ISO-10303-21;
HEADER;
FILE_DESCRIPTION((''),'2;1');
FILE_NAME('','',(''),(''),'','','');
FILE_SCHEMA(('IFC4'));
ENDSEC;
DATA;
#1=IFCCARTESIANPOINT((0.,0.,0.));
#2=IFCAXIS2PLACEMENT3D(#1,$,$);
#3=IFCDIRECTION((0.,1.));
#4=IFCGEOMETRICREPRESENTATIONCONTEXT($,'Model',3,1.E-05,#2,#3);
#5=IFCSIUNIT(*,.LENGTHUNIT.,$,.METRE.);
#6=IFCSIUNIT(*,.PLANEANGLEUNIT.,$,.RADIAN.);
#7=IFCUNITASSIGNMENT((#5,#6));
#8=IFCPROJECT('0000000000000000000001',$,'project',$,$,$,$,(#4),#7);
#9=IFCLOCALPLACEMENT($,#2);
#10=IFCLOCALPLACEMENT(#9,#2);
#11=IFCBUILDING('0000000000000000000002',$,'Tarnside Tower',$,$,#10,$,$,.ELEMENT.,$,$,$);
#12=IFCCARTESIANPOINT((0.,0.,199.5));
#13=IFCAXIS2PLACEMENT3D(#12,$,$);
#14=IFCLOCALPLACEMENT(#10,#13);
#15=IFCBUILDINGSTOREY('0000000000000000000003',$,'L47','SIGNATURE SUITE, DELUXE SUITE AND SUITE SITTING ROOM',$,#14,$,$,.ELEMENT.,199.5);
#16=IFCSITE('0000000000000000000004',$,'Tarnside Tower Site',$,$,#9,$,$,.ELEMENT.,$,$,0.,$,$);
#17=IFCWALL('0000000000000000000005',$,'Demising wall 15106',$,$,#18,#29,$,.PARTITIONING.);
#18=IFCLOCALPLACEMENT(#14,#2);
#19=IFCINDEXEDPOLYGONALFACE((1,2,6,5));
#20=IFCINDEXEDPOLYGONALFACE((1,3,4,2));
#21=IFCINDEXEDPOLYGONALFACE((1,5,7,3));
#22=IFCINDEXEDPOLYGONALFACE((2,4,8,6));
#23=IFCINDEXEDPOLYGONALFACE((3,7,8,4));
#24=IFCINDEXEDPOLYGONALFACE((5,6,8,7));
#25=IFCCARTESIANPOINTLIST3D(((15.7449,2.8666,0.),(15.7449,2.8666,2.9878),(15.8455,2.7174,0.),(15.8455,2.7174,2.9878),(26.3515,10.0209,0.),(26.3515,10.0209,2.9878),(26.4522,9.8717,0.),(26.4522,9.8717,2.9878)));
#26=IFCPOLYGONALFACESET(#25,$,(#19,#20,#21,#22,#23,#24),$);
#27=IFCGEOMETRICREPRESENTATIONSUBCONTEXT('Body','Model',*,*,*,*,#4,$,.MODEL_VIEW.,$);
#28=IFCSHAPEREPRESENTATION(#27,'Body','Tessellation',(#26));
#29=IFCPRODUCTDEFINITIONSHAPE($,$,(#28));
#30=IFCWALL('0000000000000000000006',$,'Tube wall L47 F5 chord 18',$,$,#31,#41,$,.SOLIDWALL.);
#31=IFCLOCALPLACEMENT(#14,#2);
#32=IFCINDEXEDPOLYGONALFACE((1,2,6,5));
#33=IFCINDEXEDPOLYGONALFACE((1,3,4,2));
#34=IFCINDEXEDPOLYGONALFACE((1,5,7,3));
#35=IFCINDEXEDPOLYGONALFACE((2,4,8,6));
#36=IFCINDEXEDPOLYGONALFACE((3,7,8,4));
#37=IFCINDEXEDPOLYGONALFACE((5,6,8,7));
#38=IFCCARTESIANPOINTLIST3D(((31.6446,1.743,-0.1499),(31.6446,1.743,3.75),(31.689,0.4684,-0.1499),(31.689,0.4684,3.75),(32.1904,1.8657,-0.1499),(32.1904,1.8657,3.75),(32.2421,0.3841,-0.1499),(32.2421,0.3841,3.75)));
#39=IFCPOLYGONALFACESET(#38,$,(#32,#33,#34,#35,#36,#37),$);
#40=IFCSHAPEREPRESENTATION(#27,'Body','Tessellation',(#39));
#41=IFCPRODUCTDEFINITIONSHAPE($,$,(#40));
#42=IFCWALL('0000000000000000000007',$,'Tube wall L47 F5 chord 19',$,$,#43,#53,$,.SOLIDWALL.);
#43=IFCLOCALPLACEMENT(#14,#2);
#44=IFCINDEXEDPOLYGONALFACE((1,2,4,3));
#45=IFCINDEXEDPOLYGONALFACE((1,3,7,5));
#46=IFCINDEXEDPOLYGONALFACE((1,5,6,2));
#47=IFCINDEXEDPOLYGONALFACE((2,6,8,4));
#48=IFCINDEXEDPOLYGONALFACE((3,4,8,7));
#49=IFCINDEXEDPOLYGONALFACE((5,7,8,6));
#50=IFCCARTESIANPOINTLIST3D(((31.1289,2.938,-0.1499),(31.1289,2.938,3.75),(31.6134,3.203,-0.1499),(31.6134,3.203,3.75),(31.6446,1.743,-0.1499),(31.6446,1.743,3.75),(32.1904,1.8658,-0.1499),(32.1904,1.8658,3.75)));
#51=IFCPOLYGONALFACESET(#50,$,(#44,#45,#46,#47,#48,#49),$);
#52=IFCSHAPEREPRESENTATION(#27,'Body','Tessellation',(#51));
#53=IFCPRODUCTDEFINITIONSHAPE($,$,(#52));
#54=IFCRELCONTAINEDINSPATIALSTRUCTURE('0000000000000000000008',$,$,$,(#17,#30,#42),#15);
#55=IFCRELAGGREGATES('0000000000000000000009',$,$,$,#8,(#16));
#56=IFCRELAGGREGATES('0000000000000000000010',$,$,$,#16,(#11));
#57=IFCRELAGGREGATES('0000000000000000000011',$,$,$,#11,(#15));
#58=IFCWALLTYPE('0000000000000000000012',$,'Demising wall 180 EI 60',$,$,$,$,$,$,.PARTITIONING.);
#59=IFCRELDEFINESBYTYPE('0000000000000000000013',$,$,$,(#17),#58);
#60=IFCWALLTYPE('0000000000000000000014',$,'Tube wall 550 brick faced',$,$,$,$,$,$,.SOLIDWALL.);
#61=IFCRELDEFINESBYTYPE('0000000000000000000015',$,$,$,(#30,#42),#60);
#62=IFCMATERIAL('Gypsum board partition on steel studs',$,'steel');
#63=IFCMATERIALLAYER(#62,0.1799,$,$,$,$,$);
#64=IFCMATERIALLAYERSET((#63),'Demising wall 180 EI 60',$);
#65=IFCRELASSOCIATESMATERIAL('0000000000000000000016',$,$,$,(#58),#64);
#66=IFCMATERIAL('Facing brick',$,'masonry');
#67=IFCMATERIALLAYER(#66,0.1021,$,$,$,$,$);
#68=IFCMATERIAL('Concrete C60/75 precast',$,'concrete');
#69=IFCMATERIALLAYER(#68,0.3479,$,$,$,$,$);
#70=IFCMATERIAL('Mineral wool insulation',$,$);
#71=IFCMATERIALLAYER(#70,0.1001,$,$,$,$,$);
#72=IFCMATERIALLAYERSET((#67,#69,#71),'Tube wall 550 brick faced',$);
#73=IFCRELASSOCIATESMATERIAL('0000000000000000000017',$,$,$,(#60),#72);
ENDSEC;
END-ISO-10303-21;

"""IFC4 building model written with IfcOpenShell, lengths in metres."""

from ifc_helpers import new_model, si_unit, direction, frame, frame_2d, origin, place, context, subcontext, project, spatial, polyline, rectangle, outline, extrude, material, layer, layer_set, type_object, element, save


model = new_model("IFC4")

# Units and contexts
model_context = context("Model", 3, precision=1e-05, world=origin(), true_north=direction((0.0, 1.0)))
body_context = subcontext(model_context, "Body", "Model", "MODEL_VIEW")
ifc_project = project(units=[si_unit("LENGTHUNIT", "METRE"), si_unit("PLANEANGLEUNIT", "RADIAN")], contexts=[model_context])

# Site, building, storey
site_placement = place(None, origin())
site = spatial("IfcSite", under=ifc_project, at=site_placement, Name="Tarnside Tower Site", CompositionType="ELEMENT", RefElevation=0.0)
building_placement = place(site_placement, origin())
building = spatial("IfcBuilding", under=site, at=building_placement, Name="Tarnside Tower", CompositionType="ELEMENT")
storey_placement = place(building_placement, frame((0.0, 0.0, 199.5)))
storey = spatial("IfcBuildingStorey", under=building, at=storey_placement, Name="L47", Description="SIGNATURE SUITE, DELUXE SUITE AND SUITE SITTING ROOM", CompositionType="ELEMENT", Elevation=199.5)

# Shared definitions
ifc_material_1 = material(Name="Gypsum board partition on steel studs", Category="steel")

# Walls
ifc_layer_1 = layer(ifc_material_1, 0.1799)
ifc_layer_set_1 = layer_set([ifc_layer_1], Name="Demising wall 180 EI 60")
wall_type_1 = type_object("IfcWallType", Name="Demising wall 180 EI 60", PredefinedType="PARTITIONING", material=ifc_layer_set_1)
wall_1_placement = place(storey_placement, frame((26.4019, 9.9463, 0.0), z_axis=(0.0, 0.0, 1.0), x_axis=(-0.829038, -0.559193, 0.0)))
element("IfcWall", 1, at=wall_1_placement, inside=storey, type_object=wall_type_1, Name="Demising wall 15106", PredefinedType="PARTITIONING", context=body_context, shape_type="SweptSolid", body=[
    extrude(rectangle(XDim=12.7939, YDim=0.1799, at=frame_2d((6.397, 0.0))), origin(), (0.0, 0.0, 1.0), 2.9878),
])
ifc_material_2 = material(Name="Facing brick", Category="masonry")
ifc_layer_2 = layer(ifc_material_2, 0.1021)
ifc_material_3 = material(Name="Concrete C60/75 precast", Category="concrete")
ifc_layer_3 = layer(ifc_material_3, 0.3479)
ifc_material_4 = material(Name="Mineral wool insulation")
ifc_layer_4 = layer(ifc_material_4, 0.1001)
ifc_layer_set_2 = layer_set([ifc_layer_2, ifc_layer_3, ifc_layer_4], Name="Tube wall 550 brick faced")
wall_type_2 = type_object("IfcWallType", Name="Tube wall 550 brick faced", PredefinedType="SOLIDWALL", material=ifc_layer_set_2)
wall_2_placement = place(storey_placement, frame((31.9656, 0.4263, -0.1499), z_axis=(0.0, 0.0, 1.0), x_axis=(-0.034877, 0.999392, 0.0)))
element("IfcWall", 2, at=wall_2_placement, inside=storey, type_object=wall_type_2, Name="Tube wall L47 F5 chord 18", PredefinedType="SOLIDWALL", context=body_context, shape_type="SweptSolid", body=[
    extrude(outline(polyline([(-0.0518, -0.2749), (1.4307, -0.2749), (1.3271, 0.2749), (0.0518, 0.2749), (-0.0518, -0.2749)])), origin(), (0.0, 0.0, 1.0), 3.8999),
])
wall_3_placement = place(storey_placement, frame((31.9175, 1.8044, -0.1499), z_axis=(0.0, 0.0, 1.0), x_axis=(-0.396226, 0.918153, 0.0)))
element("IfcWall", 3, at=wall_3_placement, inside=storey, type_object=wall_type_2, Name="Tube wall L47 F5 chord 19", PredefinedType="SOLIDWALL", context=body_context, shape_type="SweptSolid", body=[
    extrude(outline(polyline([(-0.0518, -0.2749), (1.4045, -0.2749), (1.3533, 0.2749), (0.0518, 0.2749), (-0.0518, -0.2749)])), origin(), (0.0, 0.0, 1.0), 3.8999),
])

save(model, "model.ifc")
